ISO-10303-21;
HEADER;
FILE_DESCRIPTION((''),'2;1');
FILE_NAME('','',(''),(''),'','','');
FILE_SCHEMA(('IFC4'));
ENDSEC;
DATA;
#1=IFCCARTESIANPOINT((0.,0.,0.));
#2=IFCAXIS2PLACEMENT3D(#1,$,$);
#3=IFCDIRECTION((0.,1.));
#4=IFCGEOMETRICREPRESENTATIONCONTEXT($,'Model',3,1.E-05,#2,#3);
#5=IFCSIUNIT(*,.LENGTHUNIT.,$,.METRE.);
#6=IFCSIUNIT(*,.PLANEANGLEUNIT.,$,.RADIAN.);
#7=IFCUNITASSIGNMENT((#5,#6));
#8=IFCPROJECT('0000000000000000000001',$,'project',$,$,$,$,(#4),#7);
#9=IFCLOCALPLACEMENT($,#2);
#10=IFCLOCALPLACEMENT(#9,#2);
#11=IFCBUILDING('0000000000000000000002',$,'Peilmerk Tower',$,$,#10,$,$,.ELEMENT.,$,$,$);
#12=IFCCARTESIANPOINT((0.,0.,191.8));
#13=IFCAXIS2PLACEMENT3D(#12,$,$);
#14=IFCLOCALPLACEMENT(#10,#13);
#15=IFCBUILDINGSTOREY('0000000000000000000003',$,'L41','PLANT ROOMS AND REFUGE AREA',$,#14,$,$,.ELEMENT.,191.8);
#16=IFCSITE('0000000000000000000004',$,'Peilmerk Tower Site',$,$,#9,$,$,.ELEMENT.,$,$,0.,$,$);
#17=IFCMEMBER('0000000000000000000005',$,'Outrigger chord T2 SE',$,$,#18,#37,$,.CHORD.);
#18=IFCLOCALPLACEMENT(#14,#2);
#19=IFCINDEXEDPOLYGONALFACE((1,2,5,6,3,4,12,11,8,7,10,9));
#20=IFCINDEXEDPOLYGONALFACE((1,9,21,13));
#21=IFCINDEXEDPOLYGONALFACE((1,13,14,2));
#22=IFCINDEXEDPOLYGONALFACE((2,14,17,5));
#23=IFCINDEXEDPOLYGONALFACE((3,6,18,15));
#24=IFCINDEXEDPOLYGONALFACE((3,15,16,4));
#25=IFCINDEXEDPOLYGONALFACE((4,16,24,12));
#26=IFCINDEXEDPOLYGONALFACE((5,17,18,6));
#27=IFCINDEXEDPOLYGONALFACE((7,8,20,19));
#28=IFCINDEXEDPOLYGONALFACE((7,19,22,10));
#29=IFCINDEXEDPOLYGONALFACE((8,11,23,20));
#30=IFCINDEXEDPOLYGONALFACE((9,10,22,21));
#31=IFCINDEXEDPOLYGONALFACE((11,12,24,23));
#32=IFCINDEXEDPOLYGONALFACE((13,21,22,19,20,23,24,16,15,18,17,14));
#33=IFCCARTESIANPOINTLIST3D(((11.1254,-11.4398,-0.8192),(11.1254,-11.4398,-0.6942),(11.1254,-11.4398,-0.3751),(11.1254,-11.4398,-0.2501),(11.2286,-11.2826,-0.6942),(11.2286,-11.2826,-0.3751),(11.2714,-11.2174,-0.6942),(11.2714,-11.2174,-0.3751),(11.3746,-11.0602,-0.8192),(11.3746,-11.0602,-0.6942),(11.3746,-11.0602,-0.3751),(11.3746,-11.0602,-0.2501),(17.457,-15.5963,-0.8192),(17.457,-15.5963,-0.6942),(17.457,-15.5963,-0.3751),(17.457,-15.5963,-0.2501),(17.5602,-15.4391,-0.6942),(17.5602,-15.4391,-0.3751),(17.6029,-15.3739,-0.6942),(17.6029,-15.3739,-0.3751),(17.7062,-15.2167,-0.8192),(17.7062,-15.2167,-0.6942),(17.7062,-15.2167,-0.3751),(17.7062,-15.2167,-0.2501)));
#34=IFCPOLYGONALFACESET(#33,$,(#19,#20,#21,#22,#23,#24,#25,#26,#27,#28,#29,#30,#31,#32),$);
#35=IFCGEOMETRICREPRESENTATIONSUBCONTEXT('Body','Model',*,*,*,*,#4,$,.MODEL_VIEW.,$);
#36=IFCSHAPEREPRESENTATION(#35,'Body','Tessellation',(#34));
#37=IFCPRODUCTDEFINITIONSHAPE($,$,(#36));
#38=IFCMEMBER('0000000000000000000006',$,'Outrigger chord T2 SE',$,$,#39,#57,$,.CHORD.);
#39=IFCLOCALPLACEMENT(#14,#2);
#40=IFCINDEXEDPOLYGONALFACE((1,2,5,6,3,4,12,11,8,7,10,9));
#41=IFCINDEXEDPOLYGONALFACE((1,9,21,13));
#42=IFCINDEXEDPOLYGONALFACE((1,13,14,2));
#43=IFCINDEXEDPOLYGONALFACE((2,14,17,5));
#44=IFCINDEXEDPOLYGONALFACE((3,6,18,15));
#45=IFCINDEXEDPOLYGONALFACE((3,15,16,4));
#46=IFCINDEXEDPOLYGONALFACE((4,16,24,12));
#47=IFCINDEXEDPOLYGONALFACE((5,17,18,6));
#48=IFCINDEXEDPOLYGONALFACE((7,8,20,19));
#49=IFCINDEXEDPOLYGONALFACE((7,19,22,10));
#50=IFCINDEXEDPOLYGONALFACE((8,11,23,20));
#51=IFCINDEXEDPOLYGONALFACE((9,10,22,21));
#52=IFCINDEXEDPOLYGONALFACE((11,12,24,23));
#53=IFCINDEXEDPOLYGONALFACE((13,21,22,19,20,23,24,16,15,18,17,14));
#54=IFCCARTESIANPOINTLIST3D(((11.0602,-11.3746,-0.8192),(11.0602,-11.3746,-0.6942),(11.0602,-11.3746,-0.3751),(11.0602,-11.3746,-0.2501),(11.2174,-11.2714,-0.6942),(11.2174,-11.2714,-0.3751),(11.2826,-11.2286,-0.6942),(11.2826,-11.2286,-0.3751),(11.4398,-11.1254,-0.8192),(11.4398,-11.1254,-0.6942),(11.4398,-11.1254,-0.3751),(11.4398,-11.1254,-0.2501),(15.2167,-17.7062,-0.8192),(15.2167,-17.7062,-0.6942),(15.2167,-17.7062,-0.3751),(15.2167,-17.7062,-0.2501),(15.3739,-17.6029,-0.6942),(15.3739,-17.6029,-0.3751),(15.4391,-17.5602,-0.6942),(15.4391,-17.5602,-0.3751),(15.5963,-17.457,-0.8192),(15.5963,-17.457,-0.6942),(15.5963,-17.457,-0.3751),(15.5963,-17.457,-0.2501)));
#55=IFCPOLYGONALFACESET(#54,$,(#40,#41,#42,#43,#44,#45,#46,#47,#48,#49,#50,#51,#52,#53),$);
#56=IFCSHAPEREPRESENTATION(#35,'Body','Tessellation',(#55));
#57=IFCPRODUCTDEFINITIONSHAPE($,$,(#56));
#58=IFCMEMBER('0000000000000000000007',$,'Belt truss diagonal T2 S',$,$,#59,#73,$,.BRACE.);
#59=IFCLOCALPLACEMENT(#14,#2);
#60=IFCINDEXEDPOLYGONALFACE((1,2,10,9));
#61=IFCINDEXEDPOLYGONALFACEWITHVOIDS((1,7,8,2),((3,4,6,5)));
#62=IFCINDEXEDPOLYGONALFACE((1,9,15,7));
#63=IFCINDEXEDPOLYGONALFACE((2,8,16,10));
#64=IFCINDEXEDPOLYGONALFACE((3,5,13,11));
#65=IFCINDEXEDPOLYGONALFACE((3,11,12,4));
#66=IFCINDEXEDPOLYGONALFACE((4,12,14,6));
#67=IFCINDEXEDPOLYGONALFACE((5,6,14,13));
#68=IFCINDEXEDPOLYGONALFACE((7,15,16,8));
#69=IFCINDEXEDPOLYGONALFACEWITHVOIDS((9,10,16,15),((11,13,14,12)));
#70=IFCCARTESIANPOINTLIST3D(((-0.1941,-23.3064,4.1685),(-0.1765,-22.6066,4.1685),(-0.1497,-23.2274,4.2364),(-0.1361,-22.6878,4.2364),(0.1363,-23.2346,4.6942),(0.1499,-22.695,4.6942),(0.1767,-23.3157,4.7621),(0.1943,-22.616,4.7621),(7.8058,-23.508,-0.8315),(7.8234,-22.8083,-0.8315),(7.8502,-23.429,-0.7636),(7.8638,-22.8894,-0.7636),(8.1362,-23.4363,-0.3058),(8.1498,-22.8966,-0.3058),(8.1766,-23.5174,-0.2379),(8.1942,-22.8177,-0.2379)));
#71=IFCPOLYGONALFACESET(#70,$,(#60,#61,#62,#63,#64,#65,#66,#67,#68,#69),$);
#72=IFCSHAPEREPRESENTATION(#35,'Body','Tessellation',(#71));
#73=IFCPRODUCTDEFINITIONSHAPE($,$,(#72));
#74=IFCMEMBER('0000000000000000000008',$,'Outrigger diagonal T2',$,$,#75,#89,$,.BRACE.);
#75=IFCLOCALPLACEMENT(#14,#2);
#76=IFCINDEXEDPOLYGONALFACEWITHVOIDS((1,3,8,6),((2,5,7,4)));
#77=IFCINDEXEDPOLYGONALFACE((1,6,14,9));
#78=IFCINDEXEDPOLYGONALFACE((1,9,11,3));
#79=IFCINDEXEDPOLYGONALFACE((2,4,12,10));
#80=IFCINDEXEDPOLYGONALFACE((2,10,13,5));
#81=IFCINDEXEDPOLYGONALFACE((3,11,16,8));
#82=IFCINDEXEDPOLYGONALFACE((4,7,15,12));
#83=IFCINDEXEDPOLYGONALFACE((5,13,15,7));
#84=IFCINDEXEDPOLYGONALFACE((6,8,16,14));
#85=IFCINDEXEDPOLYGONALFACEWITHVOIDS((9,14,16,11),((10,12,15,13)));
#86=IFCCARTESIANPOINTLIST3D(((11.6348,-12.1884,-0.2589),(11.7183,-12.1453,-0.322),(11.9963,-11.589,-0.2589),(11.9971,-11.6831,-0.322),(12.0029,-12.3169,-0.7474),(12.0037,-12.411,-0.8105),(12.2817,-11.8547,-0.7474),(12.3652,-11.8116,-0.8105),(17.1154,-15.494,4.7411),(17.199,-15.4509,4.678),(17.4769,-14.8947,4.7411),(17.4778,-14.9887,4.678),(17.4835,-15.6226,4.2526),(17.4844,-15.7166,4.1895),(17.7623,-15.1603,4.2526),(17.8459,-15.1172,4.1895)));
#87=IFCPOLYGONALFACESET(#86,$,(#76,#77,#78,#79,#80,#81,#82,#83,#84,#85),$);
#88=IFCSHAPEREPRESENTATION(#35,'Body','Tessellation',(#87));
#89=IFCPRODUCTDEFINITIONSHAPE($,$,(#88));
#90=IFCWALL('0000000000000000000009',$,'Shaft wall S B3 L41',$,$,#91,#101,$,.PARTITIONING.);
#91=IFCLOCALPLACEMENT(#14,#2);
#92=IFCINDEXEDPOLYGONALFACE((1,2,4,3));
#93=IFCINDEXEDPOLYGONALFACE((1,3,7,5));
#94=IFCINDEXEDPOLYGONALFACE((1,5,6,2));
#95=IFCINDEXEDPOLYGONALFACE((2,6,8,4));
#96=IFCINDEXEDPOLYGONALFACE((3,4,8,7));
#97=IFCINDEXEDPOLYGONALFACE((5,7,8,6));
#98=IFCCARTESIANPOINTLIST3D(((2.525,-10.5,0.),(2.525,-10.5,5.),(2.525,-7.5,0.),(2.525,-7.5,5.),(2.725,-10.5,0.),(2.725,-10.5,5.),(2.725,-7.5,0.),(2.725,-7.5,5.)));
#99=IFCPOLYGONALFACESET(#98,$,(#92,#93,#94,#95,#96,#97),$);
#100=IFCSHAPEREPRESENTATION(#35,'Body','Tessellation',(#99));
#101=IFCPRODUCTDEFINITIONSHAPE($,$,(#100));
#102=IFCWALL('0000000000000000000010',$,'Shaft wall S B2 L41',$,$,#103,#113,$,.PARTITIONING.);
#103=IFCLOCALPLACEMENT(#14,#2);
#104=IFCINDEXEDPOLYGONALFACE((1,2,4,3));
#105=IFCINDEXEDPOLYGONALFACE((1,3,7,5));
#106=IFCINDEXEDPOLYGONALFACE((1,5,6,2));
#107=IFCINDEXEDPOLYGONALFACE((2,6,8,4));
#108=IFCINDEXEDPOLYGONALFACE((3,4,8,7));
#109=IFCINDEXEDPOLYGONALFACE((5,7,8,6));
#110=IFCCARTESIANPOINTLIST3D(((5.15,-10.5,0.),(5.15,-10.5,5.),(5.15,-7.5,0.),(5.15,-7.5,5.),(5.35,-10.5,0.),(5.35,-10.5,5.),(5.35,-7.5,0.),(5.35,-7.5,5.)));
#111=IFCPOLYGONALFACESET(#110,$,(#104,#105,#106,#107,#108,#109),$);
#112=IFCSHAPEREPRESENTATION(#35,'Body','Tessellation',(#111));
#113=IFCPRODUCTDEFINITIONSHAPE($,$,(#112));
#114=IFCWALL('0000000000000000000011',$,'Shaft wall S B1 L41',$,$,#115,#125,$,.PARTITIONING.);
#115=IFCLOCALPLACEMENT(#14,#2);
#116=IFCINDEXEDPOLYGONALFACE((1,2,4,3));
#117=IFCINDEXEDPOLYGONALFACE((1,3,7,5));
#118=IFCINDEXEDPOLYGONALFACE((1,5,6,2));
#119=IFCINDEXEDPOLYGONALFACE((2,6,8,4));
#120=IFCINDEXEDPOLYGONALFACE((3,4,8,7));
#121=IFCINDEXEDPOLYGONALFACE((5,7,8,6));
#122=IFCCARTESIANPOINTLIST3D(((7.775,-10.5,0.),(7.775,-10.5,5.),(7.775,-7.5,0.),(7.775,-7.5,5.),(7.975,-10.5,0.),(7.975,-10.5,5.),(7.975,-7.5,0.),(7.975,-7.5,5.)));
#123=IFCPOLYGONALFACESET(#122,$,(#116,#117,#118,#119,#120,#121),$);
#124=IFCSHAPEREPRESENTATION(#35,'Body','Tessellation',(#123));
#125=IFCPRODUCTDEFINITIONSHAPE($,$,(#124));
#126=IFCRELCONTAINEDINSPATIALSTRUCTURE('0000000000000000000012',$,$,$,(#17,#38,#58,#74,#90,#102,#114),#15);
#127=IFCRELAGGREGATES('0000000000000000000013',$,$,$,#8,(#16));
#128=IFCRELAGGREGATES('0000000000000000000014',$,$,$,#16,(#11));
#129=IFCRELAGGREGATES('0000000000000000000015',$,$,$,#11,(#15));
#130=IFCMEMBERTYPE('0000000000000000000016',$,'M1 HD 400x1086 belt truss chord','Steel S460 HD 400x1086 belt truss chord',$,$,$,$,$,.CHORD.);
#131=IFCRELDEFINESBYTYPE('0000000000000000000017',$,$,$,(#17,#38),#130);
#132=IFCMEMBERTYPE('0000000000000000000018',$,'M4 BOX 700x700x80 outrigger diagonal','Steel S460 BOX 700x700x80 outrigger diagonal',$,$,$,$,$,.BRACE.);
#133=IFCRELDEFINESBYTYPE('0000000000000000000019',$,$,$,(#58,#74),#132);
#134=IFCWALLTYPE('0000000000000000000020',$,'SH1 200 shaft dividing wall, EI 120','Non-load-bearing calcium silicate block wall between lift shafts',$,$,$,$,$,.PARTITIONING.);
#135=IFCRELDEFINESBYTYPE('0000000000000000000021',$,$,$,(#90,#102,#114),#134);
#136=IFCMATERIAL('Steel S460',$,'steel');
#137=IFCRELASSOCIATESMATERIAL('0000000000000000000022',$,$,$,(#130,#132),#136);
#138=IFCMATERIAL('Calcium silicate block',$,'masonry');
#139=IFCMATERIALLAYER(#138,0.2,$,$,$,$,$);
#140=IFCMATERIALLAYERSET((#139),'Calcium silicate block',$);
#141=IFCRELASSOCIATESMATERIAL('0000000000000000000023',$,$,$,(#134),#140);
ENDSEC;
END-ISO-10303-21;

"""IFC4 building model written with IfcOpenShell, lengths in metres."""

from ifc_helpers import new_model, si_unit, direction, frame, frame_2d, origin, origin_2d, place, context, subcontext, project, spatial, rectangle, hollow_rectangle, i_section, extrude, material, layer, layer_set, material_profile, profile_set, type_object, element, save


model = new_model("IFC4")

# Units and contexts
model_context = context("Model", 3, precision=1e-05, world=origin(), true_north=direction((0.0, 1.0)))
body_context = subcontext(model_context, "Body", "Model", "MODEL_VIEW")
ifc_project = project(units=[si_unit("LENGTHUNIT", "METRE"), si_unit("PLANEANGLEUNIT", "RADIAN")], contexts=[model_context])

# Site, building, storey
site_placement = place(None, origin())
site = spatial("IfcSite", under=ifc_project, at=site_placement, Name="Peilmerk Tower Site", CompositionType="ELEMENT", RefElevation=0.0)
building_placement = place(site_placement, origin())
building = spatial("IfcBuilding", under=site, at=building_placement, Name="Peilmerk Tower", CompositionType="ELEMENT")
storey_placement = place(building_placement, frame((0.0, 0.0, 191.8)))
storey = spatial("IfcBuildingStorey", under=building, at=storey_placement, Name="L41", Description="PLANT ROOMS AND REFUGE AREA", CompositionType="ELEMENT", Elevation=191.8)

# Shared definitions
ifc_material_1 = material(Name="Steel S460", Category="steel")

# Members
ifc_material_profile_1 = material_profile(ifc_material_1, i_section(OverallWidth=0.4541, OverallDepth=0.5691, WebThickness=0.0779, FlangeThickness=0.125, at=origin_2d()), Name="HD 400x1086")
ifc_profile_set_1 = profile_set([ifc_material_profile_1], Name="Steel S460")
member_type_1 = type_object("IfcMemberType", Name="M1 HD 400x1086 belt truss chord", Description="Steel S460 HD 400x1086 belt truss chord", PredefinedType="CHORD", material=ifc_profile_set_1)
for number, where, z_axis, x_axis, name in (
    (1, (11.25, -11.25, -0.5347), (0.835962, -0.548787, 0.0), (0.548787, 0.835962, 0.0), "Outrigger chord T2 SE"),
    (2, (11.25, -11.25, -0.5347), (0.548787, -0.835962, 0.0), (0.835962, 0.548787, 0.0), "Outrigger chord T2 SE"),
):
    element("IfcMember", number, at=place(storey_placement, frame(where, z_axis=z_axis, x_axis=x_axis)), inside=storey, type_object=member_type_1, Name=name, PredefinedType="CHORD", context=body_context, shape_type="SweptSolid", body=[
        extrude(i_section(OverallWidth=0.4541, OverallDepth=0.5691, WebThickness=0.0779, FlangeThickness=0.125, at=origin_2d()), origin(), (0.0, 0.0, 1.0), 7.574),
    ])
ifc_material_profile_2 = material_profile(ifc_material_1, hollow_rectangle(XDim=0.7, YDim=0.7, WallThickness=0.0801, at=origin_2d()), Name="BOX 700x700x80")
ifc_profile_set_2 = profile_set([ifc_material_profile_2], Name="Steel S460")
member_type_2 = type_object("IfcMemberType", Name="M4 BOX 700x700x80 outrigger diagonal", Description="Steel S460 BOX 700x700x80 outrigger diagonal", PredefinedType="BRACE", material=ifc_profile_set_2)
member_1_placement = place(storey_placement, frame((8.0, -23.1628, -0.5347), z_axis=(-0.847805, 0.021371, 0.529878), x_axis=(-0.0252, -0.999682, 0.0)))
element("IfcMember", 3, at=member_1_placement, inside=storey, type_object=member_type_2, Name="Belt truss diagonal T2 S", PredefinedType="BRACE", context=body_context, shape_type="SweptSolid", body=[
    extrude(hollow_rectangle(XDim=0.7, YDim=0.7, WallThickness=0.0801, at=origin_2d()), origin(), (0.0, 0.0, 1.0), 9.436),
])
member_2_placement = place(storey_placement, frame((12.0, -12.0, -0.5347), z_axis=(0.674805, -0.407005, 0.615618), x_axis=(0.516475, 0.856303, 0.0)))
element("IfcMember", 4, at=member_2_placement, inside=storey, type_object=member_type_2, Name="Outrigger diagonal T2", PredefinedType="BRACE", context=body_context, shape_type="SweptSolid", body=[
    extrude(hollow_rectangle(XDim=0.7, YDim=0.7, WallThickness=0.0801, at=origin_2d()), origin(), (0.0, 0.0, 1.0), 8.1218),
])

# Walls
ifc_material_2 = material(Name="Calcium silicate block", Category="masonry")
ifc_layer = layer(ifc_material_2, 0.2)
ifc_layer_set = layer_set([ifc_layer], Name="Calcium silicate block")
wall_type = type_object("IfcWallType", Name="SH1 200 shaft dividing wall, EI 120", Description="Non-load-bearing calcium silicate block wall between lift shafts", PredefinedType="PARTITIONING", material=ifc_layer_set)
for number, where, z_axis, x_axis, name in (
    (5, (2.625, -10.5, 0.0), (0.0, 0.0, 1.0), (0.0, 1.0, 0.0), "Shaft wall S B3 L41"),
    (6, (5.25, -10.5, 0.0), (0.0, 0.0, 1.0), (0.0, 1.0, 0.0), "Shaft wall S B2 L41"),
    (7, (7.875, -10.5, 0.0), (0.0, 0.0, 1.0), (0.0, 1.0, 0.0), "Shaft wall S B1 L41"),
):
    element("IfcWall", number, at=place(storey_placement, frame(where, z_axis=z_axis, x_axis=x_axis)), inside=storey, type_object=wall_type, Name=name, PredefinedType="PARTITIONING", context=body_context, shape_type="SweptSolid", body=[
        extrude(rectangle(XDim=3.0, YDim=0.2, at=frame_2d((1.5, 0.0))), origin(), (0.0, 0.0, 1.0), 5.0),
    ])

save(model, "model.ifc")
